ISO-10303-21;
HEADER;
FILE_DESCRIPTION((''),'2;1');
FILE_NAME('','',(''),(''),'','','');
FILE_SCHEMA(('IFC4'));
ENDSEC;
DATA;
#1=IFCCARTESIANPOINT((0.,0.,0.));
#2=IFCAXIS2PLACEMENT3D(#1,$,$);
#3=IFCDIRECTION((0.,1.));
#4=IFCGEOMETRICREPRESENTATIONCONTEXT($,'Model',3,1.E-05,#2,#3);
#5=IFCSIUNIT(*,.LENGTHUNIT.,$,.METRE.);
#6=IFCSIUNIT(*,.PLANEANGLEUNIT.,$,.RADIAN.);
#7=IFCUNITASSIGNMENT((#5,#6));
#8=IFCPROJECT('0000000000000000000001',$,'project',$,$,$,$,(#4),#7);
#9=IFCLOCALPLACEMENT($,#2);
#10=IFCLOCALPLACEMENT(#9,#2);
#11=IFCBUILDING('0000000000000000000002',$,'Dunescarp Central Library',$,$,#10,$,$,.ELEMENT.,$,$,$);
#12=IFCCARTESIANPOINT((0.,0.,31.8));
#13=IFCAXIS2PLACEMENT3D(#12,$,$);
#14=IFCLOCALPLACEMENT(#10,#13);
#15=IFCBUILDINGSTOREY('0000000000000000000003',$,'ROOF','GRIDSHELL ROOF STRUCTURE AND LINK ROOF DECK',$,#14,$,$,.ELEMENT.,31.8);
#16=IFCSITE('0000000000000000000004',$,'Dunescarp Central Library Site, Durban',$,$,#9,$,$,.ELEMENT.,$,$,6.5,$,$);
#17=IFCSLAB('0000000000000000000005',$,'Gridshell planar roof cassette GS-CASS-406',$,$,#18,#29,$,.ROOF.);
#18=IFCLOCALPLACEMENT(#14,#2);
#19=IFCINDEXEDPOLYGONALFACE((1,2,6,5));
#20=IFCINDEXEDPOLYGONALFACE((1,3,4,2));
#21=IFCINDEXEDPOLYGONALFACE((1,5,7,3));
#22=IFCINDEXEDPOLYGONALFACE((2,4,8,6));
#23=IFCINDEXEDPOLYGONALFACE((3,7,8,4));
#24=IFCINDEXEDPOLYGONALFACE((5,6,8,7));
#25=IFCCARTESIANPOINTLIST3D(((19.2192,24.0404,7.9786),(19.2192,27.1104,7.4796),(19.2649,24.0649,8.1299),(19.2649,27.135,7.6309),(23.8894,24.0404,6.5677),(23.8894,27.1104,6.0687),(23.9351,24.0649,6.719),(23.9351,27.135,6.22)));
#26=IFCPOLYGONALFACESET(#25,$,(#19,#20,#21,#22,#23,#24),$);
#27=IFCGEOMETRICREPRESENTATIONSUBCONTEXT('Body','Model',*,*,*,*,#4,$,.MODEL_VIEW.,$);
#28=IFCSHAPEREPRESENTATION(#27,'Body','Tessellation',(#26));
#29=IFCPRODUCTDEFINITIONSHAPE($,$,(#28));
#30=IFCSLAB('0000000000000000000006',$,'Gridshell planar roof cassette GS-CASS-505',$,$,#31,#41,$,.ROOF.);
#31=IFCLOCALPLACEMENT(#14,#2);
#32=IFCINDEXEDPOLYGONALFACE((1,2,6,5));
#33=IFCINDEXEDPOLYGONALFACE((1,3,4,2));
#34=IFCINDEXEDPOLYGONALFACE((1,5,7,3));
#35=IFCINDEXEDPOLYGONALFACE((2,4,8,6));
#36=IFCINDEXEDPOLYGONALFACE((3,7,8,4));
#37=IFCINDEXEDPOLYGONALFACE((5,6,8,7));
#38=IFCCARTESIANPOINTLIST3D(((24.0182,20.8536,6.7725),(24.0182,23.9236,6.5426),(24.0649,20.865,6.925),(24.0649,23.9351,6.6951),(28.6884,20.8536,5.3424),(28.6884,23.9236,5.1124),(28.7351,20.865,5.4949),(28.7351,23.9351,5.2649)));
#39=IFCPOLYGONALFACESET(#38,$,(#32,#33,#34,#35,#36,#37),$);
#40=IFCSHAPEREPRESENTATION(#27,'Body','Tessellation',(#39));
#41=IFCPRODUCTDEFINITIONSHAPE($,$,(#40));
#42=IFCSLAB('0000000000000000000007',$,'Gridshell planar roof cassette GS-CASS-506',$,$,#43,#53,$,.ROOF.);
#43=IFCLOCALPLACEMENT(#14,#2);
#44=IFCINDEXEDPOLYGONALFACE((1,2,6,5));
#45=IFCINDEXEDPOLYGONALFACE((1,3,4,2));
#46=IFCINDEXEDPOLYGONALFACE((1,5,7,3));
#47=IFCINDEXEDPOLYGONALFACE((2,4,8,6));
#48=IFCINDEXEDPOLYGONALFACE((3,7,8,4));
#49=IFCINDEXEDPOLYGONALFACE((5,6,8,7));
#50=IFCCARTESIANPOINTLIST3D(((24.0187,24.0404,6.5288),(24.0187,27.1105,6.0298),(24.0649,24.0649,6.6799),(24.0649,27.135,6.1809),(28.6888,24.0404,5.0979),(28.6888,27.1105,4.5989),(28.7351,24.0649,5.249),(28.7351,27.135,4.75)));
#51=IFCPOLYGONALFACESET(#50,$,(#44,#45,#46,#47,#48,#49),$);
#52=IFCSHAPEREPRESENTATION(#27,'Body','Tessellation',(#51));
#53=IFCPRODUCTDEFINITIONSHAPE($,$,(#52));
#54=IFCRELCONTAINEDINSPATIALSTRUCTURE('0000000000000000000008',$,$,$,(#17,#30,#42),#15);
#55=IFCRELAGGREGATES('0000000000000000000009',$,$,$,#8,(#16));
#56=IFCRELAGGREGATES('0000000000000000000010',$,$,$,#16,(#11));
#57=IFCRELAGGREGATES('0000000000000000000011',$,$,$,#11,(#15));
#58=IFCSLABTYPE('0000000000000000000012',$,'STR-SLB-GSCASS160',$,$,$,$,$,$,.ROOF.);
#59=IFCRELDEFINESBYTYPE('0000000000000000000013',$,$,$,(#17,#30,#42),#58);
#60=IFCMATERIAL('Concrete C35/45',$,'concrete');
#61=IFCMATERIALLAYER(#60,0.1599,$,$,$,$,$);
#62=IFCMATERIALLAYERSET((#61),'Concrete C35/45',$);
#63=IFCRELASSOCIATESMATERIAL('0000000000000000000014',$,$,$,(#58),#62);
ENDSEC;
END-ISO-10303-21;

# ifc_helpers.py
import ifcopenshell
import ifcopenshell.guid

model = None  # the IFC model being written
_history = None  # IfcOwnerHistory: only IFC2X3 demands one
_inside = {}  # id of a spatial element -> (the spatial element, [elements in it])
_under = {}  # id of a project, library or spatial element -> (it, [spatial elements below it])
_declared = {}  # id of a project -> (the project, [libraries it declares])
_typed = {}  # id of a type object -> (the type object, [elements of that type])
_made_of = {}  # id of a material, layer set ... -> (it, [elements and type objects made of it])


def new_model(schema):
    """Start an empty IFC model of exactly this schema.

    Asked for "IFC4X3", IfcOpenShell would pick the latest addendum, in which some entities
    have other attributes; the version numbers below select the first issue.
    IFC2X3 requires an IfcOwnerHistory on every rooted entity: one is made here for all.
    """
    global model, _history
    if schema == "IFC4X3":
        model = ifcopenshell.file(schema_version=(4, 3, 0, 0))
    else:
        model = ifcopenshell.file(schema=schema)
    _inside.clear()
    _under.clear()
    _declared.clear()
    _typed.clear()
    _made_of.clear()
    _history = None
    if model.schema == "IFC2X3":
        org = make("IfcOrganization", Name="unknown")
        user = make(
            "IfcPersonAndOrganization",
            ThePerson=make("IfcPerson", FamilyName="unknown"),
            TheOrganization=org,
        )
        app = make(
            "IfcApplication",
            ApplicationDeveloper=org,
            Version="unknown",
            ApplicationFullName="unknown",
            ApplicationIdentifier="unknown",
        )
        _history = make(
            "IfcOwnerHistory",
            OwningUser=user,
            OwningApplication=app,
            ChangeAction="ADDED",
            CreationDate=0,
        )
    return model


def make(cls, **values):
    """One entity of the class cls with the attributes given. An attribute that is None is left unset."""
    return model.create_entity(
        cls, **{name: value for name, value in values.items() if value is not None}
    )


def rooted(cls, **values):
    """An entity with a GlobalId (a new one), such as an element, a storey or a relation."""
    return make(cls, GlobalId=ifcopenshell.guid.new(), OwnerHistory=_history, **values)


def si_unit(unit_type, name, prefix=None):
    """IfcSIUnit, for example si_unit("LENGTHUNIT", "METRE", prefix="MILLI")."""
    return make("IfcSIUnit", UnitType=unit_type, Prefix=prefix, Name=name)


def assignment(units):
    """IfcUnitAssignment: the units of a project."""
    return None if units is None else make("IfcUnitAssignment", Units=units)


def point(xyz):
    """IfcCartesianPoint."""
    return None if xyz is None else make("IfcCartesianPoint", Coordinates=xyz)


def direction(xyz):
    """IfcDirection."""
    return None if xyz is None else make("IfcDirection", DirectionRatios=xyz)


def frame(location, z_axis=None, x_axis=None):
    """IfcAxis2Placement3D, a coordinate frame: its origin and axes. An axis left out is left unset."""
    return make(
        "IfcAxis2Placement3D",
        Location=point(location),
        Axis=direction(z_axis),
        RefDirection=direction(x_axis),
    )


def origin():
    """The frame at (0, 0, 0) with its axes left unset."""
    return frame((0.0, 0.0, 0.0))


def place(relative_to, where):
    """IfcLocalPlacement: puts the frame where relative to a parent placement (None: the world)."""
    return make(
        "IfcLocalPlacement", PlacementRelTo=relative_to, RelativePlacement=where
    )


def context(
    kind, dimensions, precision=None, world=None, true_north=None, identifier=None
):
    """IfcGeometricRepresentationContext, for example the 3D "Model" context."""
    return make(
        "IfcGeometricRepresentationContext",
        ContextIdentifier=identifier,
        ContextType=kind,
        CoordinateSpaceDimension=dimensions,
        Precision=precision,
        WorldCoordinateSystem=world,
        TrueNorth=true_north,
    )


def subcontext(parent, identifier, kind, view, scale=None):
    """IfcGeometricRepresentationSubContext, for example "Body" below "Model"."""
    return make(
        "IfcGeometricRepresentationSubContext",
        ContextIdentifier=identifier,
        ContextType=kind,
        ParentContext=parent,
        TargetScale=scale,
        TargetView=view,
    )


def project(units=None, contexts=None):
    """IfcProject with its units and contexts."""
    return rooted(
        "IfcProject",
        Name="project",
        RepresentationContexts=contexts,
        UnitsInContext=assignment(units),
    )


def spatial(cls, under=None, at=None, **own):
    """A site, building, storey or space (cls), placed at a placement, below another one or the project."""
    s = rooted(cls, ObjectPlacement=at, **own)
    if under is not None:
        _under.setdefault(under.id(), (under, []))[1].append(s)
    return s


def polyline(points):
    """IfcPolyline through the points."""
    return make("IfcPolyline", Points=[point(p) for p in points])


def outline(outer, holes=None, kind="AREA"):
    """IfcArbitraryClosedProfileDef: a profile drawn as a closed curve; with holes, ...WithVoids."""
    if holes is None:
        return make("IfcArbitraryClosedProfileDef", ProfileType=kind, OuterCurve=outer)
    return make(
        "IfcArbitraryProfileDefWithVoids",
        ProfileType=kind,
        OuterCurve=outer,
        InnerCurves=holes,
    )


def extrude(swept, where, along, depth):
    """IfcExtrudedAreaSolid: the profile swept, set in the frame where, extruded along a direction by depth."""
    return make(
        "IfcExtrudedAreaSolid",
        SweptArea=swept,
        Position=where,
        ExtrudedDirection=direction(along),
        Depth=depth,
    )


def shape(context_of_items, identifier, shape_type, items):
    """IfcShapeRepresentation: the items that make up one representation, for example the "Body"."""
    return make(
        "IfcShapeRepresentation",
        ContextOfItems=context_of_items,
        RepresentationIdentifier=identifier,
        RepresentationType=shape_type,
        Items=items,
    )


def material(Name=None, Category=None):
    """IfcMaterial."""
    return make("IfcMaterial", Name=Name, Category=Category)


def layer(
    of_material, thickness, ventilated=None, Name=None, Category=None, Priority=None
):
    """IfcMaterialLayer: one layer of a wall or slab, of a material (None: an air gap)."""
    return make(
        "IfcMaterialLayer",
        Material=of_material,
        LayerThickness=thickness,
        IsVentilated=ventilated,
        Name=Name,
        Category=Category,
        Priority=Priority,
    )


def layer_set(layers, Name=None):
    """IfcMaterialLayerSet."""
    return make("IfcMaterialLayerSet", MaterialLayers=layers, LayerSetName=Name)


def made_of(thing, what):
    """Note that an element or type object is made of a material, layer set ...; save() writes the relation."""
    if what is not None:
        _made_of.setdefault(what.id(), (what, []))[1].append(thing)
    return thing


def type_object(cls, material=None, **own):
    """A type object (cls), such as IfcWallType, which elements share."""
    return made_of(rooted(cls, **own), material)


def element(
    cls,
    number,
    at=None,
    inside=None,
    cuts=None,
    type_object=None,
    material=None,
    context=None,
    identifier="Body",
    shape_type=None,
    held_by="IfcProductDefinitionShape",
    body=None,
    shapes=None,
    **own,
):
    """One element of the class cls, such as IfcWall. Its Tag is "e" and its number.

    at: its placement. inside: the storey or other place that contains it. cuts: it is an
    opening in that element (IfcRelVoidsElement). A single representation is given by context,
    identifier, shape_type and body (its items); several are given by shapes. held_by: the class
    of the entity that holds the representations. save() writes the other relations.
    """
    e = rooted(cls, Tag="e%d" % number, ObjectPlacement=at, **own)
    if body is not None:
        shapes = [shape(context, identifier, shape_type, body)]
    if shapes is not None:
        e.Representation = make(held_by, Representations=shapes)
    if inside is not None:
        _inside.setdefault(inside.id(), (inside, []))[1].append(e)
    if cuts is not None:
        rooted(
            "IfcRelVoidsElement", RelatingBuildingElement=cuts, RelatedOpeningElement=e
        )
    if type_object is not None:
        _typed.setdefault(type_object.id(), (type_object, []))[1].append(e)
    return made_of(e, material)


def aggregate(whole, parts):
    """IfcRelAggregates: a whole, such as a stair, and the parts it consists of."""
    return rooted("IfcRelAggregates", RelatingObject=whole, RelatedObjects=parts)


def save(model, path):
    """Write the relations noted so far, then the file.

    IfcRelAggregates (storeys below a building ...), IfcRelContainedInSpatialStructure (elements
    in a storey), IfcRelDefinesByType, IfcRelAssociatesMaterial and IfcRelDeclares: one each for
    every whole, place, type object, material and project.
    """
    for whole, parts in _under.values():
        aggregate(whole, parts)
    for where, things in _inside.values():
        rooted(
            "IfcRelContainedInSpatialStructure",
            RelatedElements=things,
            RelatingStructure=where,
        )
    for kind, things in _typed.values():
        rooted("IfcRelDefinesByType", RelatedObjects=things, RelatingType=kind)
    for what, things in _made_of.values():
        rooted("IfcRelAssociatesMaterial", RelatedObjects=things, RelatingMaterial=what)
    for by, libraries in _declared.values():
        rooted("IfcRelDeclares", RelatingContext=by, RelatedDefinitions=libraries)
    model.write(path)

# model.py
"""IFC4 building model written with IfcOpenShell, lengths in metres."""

from ifc_helpers import new_model, si_unit, direction, frame, origin, place, context, subcontext, project, spatial, polyline, outline, extrude, material, layer, layer_set, type_object, element, save


model = new_model("IFC4")

# Units and contexts
model_context = context("Model", 3, precision=1e-05, world=origin(), true_north=direction((0.0, 1.0)))
body_context = subcontext(model_context, "Body", "Model", "MODEL_VIEW")
ifc_project = project(units=[si_unit("LENGTHUNIT", "METRE"), si_unit("PLANEANGLEUNIT", "RADIAN")], contexts=[model_context])

# Site, building, storey
site_placement = place(None, origin())
site = spatial("IfcSite", under=ifc_project, at=site_placement, Name="Dunescarp Central Library Site, Durban", CompositionType="ELEMENT", RefElevation=6.5)
building_placement = place(site_placement, origin())
building = spatial("IfcBuilding", under=site, at=building_placement, Name="Dunescarp Central Library", CompositionType="ELEMENT")
storey_placement = place(building_placement, frame((0.0, 0.0, 31.8)))
storey = spatial("IfcBuildingStorey", under=building, at=storey_placement, Name="ROOF", Description="GRIDSHELL ROOF STRUCTURE AND LINK ROOF DECK", CompositionType="ELEMENT", Elevation=31.8)

# Slabs
ifc_material_1 = material(Name="Concrete C35/45", Category="concrete")
ifc_layer_1 = layer(ifc_material_1, 0.1599)
ifc_layer_set_1 = layer_set([ifc_layer_1], Name="Concrete C35/45")
slab_type = type_object("IfcSlabType", Name="STR-SLB-GSCASS160", PredefinedType="ROOF", material=ifc_layer_set_1)
slab_1_placement = place(storey_placement, frame((19.2649, 24.0649, 8.1299), z_axis=(0.285759, 0.153749, 0.945887), x_axis=(0.957269, 0.0, -0.289198)))
element("IfcSlab", 1, at=slab_1_placement, inside=storey, type_object=slab_type, Name="Gridshell planar roof cassette GS-CASS-406", PredefinedType="ROOF", context=body_context, shape_type="SweptSolid", body=[
    extrude(outline(polyline([(0.0, 0.0), (4.8786, 0.0), (5.0229, 3.107), (0.1443, 3.107), (0.0, 0.0)])), origin(), (0.0, 0.0, -1.0), 0.1599),
])
slab_2_placement = place(storey_placement, frame((24.0649, 20.865, 6.925), z_axis=(0.292066, 0.071444, 0.953726), x_axis=(0.956169, 0.0, -0.292814)))
element("IfcSlab", 2, at=slab_2_placement, inside=storey, type_object=slab_type, Name="Gridshell planar roof cassette GS-CASS-505", PredefinedType="ROOF", context=body_context, shape_type="SweptSolid", body=[
    extrude(outline(polyline([(0.0, 0.0), (4.8842, 0.0), (4.9516, 3.0779), (0.0673, 3.0779), (0.0, 0.0)])), origin(), (0.0, 0.0, -1.0), 0.1599),
])
slab_3_placement = place(storey_placement, frame((24.0649, 24.0649, 6.6799), z_axis=(0.289476, 0.15357, 0.944786), x_axis=(0.956127, 0.0, -0.292951)))
element("IfcSlab", 3, at=slab_3_placement, inside=storey, type_object=slab_type, Name="Gridshell planar roof cassette GS-CASS-506", PredefinedType="ROOF", context=body_context, shape_type="SweptSolid", body=[
    extrude(outline(polyline([(0.0, 0.0), (4.8845, 0.0), (5.0306, 3.1069), (0.1462, 3.1069), (0.0, 0.0)])), origin(), (0.0, 0.0, -1.0), 0.1599),
])

save(model, "model.ifc")
